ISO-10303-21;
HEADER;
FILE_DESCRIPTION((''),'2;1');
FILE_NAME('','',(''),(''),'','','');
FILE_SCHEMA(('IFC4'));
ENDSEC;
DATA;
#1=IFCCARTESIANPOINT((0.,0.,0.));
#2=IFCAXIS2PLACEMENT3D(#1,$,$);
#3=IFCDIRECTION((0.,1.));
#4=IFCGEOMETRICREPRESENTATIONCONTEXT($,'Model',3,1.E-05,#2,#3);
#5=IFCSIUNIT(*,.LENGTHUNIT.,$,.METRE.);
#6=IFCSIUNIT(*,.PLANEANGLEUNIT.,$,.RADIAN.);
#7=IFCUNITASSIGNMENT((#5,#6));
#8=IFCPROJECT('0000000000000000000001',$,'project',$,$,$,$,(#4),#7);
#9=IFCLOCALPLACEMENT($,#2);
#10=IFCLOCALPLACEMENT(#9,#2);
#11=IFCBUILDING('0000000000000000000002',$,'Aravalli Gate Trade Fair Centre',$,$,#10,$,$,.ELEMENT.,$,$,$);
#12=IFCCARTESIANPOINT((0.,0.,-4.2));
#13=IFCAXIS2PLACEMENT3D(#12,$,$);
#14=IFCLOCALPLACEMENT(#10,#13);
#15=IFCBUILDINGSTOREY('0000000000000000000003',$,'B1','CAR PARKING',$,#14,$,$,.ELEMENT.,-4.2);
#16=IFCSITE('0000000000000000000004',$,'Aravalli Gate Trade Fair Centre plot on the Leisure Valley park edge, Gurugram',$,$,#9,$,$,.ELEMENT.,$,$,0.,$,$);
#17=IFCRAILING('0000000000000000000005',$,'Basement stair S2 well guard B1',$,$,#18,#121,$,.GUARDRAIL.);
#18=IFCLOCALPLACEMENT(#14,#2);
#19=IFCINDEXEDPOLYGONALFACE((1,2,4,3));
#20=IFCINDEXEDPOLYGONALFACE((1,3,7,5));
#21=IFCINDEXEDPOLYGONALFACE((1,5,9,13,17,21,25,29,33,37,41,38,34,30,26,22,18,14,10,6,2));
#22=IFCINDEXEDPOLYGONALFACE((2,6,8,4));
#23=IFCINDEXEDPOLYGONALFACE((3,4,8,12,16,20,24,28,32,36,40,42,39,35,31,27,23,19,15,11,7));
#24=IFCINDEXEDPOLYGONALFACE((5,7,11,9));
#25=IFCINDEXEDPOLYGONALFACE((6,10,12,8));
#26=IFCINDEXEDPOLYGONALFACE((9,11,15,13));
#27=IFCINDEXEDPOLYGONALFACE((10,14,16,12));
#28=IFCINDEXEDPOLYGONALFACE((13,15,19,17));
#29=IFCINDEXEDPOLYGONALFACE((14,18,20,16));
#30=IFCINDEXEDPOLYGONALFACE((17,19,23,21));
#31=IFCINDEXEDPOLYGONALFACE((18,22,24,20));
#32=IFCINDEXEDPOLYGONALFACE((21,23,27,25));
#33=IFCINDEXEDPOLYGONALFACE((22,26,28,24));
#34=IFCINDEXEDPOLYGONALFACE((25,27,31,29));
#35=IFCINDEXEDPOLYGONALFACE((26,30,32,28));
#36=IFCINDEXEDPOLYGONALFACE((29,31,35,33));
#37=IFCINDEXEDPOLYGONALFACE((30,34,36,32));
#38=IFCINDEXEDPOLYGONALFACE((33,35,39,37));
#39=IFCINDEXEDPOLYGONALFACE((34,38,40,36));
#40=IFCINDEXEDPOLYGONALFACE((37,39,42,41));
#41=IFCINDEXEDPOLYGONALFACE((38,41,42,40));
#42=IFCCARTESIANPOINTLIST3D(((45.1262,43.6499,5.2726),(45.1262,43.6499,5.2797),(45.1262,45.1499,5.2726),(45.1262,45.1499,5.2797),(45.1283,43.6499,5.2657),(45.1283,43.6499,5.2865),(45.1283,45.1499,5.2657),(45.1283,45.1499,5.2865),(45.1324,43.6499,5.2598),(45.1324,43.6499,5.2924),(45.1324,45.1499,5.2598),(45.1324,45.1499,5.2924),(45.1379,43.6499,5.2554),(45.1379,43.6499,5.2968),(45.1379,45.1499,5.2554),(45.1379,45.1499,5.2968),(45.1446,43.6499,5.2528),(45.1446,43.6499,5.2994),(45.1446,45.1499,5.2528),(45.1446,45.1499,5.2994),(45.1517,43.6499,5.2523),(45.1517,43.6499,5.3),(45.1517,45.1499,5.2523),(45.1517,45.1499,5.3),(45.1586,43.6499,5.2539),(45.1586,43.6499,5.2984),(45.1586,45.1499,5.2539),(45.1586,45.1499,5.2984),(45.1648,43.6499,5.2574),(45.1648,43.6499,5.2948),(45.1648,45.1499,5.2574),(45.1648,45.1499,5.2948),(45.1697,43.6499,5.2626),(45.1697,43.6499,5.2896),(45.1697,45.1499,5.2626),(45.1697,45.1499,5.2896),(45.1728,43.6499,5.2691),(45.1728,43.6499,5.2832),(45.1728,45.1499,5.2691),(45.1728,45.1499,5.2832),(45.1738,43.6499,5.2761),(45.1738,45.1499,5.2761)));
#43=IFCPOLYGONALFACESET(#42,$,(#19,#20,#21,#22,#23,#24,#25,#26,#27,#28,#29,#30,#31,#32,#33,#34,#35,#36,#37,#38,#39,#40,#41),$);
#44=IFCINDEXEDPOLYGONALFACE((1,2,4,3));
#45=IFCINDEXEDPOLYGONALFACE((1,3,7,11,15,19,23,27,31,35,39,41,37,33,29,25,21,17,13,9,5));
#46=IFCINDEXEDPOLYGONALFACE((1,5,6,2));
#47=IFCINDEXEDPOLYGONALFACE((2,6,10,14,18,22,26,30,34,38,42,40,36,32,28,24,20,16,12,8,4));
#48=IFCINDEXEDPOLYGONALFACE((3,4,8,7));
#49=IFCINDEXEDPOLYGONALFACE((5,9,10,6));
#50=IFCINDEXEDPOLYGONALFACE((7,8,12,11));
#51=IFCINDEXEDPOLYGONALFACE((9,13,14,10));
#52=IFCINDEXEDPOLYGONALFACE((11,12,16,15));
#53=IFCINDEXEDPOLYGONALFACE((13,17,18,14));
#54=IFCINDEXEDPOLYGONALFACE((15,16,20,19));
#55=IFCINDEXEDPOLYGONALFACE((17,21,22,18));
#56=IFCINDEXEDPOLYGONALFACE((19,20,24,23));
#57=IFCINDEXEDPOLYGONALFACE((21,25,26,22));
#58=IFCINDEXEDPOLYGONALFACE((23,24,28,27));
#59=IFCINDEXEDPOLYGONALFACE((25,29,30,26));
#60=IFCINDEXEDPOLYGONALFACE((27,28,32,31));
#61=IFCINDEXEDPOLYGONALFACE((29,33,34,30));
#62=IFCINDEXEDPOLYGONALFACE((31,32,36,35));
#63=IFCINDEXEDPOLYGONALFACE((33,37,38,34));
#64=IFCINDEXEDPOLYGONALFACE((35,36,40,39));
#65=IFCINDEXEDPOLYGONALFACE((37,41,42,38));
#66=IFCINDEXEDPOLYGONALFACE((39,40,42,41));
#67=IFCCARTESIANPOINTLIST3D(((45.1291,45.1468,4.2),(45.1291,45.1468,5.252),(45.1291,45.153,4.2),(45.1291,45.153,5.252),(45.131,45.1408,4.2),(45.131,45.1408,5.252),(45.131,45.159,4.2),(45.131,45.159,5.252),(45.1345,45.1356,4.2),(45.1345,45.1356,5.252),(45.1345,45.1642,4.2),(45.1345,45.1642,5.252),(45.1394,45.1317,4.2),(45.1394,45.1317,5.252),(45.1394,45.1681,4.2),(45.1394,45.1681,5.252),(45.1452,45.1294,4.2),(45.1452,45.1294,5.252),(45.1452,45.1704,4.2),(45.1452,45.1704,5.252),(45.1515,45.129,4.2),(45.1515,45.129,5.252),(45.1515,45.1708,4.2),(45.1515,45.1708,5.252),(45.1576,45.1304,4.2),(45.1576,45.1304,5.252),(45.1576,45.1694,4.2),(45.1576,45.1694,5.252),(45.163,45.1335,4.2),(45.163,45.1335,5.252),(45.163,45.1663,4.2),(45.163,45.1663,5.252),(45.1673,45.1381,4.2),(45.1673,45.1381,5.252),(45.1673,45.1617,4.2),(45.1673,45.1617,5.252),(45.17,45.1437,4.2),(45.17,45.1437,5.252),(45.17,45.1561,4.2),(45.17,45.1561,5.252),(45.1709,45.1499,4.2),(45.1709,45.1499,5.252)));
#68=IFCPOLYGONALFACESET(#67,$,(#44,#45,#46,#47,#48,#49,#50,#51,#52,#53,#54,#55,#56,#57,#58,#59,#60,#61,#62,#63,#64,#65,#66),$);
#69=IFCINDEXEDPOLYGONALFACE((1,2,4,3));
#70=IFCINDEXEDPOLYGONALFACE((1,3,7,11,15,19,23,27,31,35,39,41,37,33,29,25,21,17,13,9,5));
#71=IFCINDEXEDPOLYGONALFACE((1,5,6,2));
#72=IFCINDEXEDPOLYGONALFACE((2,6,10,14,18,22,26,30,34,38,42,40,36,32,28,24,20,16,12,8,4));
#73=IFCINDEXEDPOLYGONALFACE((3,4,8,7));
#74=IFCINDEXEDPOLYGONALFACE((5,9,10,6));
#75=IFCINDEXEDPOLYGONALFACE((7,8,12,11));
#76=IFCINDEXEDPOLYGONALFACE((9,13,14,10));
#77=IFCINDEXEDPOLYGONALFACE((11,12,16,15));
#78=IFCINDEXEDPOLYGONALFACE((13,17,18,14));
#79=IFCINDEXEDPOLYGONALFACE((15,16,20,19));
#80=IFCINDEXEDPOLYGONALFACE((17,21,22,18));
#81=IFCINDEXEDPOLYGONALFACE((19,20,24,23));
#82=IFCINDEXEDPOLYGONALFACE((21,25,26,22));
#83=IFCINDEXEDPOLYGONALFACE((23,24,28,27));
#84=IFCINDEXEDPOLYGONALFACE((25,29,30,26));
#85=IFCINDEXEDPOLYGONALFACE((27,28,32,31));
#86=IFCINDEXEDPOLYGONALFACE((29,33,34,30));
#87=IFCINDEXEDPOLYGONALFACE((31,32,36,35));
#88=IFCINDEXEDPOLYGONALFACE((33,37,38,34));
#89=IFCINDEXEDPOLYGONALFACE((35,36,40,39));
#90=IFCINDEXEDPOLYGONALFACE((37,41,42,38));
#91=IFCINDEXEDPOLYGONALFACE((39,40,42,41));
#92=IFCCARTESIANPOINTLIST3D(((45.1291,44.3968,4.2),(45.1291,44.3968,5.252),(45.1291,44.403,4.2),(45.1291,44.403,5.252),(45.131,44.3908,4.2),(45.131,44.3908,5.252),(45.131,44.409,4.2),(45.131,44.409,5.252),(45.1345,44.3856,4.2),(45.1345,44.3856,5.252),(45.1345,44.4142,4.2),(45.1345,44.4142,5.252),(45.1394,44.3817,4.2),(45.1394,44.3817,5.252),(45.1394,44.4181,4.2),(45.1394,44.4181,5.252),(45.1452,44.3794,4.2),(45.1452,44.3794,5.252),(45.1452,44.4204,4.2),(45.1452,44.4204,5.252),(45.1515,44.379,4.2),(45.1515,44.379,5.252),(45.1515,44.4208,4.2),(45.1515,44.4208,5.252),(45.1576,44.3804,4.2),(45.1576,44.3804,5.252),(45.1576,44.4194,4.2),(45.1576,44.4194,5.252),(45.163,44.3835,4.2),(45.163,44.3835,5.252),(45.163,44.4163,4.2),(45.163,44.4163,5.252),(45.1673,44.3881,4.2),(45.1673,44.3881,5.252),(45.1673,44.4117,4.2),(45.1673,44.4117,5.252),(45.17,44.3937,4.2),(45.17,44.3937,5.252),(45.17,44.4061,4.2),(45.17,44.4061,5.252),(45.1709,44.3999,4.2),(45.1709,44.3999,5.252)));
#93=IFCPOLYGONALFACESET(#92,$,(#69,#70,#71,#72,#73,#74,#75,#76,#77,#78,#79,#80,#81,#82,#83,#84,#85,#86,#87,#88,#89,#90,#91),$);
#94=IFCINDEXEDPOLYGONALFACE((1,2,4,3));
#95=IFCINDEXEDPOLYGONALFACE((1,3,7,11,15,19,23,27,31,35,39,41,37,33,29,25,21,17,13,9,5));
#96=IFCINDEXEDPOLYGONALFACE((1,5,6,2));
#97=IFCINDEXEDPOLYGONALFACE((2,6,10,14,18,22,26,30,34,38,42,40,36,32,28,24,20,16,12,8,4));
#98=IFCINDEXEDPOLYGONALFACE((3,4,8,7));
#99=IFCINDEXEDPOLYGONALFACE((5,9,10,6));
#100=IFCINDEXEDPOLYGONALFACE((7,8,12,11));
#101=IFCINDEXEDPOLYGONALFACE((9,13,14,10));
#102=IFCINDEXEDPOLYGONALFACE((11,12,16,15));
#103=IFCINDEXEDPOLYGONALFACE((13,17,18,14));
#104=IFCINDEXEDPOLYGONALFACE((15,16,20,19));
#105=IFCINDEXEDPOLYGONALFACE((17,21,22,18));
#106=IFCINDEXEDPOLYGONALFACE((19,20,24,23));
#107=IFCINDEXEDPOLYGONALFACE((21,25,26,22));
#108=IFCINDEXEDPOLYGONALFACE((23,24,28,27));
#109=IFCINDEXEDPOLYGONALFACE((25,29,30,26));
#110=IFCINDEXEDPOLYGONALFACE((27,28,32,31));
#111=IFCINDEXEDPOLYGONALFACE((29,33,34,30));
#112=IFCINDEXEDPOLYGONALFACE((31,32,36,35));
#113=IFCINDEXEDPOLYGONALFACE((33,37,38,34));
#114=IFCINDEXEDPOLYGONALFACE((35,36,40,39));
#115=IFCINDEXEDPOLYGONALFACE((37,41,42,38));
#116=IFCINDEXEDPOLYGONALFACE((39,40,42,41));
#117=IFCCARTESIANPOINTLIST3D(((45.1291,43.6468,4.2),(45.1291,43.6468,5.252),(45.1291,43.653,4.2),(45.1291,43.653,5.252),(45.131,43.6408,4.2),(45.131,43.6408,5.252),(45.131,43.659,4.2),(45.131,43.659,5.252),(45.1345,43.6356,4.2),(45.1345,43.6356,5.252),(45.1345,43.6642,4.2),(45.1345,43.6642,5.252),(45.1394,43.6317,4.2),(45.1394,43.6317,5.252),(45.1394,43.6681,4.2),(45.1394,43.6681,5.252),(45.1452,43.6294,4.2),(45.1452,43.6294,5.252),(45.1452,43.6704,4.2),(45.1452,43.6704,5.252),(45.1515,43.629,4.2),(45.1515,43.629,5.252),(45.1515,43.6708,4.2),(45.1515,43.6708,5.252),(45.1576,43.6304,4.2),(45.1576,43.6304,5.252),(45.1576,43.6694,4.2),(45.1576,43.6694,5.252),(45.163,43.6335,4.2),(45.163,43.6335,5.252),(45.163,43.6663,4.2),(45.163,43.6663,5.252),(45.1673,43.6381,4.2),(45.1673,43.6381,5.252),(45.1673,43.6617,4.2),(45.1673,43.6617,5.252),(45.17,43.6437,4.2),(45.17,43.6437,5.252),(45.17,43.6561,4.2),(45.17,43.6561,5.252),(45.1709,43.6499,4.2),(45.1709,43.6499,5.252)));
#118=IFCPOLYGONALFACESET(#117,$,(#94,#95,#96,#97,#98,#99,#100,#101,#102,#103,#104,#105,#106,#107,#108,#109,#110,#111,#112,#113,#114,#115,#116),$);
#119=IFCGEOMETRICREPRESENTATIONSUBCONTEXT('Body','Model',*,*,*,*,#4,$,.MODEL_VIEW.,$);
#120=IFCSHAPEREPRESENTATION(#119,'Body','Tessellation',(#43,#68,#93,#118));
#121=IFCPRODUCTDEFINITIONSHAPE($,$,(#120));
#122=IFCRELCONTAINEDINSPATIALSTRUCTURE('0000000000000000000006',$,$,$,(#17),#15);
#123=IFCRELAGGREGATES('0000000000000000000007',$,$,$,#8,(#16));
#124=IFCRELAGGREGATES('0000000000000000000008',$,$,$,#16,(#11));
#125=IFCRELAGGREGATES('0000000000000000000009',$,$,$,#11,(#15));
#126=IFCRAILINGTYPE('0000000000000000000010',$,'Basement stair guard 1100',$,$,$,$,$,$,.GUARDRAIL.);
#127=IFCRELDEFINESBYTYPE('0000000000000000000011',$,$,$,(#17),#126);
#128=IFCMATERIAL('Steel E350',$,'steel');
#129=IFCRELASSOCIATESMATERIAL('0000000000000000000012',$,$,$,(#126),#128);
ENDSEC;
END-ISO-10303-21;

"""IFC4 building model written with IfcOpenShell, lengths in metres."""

from ifc_helpers import new_model, si_unit, direction, frame, origin, origin_2d, place, context, subcontext, project, spatial, circle, extrude, material, type_object, element, save


model = new_model("IFC4")

# Units and contexts
model_context = context("Model", 3, precision=1e-05, world=origin(), true_north=direction((0.0, 1.0)))
body_context = subcontext(model_context, "Body", "Model", "MODEL_VIEW")
ifc_project = project(units=[si_unit("LENGTHUNIT", "METRE"), si_unit("PLANEANGLEUNIT", "RADIAN")], contexts=[model_context])

# Site, building, storey
site_placement = place(None, origin())
site = spatial("IfcSite", under=ifc_project, at=site_placement, Name="Aravalli Gate Trade Fair Centre plot on the Leisure Valley park edge, Gurugram", CompositionType="ELEMENT", RefElevation=0.0)
building_placement = place(site_placement, origin())
building = spatial("IfcBuilding", under=site, at=building_placement, Name="Aravalli Gate Trade Fair Centre", CompositionType="ELEMENT")
storey_placement = place(building_placement, frame((0.0, 0.0, -4.2)))
storey = spatial("IfcBuildingStorey", under=building, at=storey_placement, Name="B1", Description="CAR PARKING", CompositionType="ELEMENT", Elevation=-4.2)

# Railing
ifc_material_1 = material(Name="Steel E350", Category="steel")
railing_type = type_object("IfcRailingType", Name="Basement stair guard 1100", PredefinedType="GUARDRAIL", material=ifc_material_1)
railing_1_placement = place(storey_placement, frame((45.1499, 45.1499, 4.2)))
element("IfcRailing", 1, at=railing_1_placement, inside=storey, type_object=railing_type, Name="Basement stair S2 well guard B1", PredefinedType="GUARDRAIL", context=body_context, shape_type="SweptSolid", body=[
    extrude(circle(Radius=0.0239, at=origin_2d()), frame((0.0, 0.0, 1.0762), z_axis=(0.0, -1.0, 0.0), x_axis=(1.0, 0.0, 0.0)), (0.0, 0.0, 1.0), 1.5),
    extrude(circle(Radius=0.021, at=origin_2d()), origin(), (0.0, 0.0, 1.0), 1.052),
    extrude(circle(Radius=0.021, at=origin_2d()), frame((0.0, -0.75, 0.0)), (0.0, 0.0, 1.0), 1.052),
    extrude(circle(Radius=0.021, at=origin_2d()), frame((0.0, -1.5, 0.0)), (0.0, 0.0, 1.0), 1.052),
])

save(model, "model.ifc")
